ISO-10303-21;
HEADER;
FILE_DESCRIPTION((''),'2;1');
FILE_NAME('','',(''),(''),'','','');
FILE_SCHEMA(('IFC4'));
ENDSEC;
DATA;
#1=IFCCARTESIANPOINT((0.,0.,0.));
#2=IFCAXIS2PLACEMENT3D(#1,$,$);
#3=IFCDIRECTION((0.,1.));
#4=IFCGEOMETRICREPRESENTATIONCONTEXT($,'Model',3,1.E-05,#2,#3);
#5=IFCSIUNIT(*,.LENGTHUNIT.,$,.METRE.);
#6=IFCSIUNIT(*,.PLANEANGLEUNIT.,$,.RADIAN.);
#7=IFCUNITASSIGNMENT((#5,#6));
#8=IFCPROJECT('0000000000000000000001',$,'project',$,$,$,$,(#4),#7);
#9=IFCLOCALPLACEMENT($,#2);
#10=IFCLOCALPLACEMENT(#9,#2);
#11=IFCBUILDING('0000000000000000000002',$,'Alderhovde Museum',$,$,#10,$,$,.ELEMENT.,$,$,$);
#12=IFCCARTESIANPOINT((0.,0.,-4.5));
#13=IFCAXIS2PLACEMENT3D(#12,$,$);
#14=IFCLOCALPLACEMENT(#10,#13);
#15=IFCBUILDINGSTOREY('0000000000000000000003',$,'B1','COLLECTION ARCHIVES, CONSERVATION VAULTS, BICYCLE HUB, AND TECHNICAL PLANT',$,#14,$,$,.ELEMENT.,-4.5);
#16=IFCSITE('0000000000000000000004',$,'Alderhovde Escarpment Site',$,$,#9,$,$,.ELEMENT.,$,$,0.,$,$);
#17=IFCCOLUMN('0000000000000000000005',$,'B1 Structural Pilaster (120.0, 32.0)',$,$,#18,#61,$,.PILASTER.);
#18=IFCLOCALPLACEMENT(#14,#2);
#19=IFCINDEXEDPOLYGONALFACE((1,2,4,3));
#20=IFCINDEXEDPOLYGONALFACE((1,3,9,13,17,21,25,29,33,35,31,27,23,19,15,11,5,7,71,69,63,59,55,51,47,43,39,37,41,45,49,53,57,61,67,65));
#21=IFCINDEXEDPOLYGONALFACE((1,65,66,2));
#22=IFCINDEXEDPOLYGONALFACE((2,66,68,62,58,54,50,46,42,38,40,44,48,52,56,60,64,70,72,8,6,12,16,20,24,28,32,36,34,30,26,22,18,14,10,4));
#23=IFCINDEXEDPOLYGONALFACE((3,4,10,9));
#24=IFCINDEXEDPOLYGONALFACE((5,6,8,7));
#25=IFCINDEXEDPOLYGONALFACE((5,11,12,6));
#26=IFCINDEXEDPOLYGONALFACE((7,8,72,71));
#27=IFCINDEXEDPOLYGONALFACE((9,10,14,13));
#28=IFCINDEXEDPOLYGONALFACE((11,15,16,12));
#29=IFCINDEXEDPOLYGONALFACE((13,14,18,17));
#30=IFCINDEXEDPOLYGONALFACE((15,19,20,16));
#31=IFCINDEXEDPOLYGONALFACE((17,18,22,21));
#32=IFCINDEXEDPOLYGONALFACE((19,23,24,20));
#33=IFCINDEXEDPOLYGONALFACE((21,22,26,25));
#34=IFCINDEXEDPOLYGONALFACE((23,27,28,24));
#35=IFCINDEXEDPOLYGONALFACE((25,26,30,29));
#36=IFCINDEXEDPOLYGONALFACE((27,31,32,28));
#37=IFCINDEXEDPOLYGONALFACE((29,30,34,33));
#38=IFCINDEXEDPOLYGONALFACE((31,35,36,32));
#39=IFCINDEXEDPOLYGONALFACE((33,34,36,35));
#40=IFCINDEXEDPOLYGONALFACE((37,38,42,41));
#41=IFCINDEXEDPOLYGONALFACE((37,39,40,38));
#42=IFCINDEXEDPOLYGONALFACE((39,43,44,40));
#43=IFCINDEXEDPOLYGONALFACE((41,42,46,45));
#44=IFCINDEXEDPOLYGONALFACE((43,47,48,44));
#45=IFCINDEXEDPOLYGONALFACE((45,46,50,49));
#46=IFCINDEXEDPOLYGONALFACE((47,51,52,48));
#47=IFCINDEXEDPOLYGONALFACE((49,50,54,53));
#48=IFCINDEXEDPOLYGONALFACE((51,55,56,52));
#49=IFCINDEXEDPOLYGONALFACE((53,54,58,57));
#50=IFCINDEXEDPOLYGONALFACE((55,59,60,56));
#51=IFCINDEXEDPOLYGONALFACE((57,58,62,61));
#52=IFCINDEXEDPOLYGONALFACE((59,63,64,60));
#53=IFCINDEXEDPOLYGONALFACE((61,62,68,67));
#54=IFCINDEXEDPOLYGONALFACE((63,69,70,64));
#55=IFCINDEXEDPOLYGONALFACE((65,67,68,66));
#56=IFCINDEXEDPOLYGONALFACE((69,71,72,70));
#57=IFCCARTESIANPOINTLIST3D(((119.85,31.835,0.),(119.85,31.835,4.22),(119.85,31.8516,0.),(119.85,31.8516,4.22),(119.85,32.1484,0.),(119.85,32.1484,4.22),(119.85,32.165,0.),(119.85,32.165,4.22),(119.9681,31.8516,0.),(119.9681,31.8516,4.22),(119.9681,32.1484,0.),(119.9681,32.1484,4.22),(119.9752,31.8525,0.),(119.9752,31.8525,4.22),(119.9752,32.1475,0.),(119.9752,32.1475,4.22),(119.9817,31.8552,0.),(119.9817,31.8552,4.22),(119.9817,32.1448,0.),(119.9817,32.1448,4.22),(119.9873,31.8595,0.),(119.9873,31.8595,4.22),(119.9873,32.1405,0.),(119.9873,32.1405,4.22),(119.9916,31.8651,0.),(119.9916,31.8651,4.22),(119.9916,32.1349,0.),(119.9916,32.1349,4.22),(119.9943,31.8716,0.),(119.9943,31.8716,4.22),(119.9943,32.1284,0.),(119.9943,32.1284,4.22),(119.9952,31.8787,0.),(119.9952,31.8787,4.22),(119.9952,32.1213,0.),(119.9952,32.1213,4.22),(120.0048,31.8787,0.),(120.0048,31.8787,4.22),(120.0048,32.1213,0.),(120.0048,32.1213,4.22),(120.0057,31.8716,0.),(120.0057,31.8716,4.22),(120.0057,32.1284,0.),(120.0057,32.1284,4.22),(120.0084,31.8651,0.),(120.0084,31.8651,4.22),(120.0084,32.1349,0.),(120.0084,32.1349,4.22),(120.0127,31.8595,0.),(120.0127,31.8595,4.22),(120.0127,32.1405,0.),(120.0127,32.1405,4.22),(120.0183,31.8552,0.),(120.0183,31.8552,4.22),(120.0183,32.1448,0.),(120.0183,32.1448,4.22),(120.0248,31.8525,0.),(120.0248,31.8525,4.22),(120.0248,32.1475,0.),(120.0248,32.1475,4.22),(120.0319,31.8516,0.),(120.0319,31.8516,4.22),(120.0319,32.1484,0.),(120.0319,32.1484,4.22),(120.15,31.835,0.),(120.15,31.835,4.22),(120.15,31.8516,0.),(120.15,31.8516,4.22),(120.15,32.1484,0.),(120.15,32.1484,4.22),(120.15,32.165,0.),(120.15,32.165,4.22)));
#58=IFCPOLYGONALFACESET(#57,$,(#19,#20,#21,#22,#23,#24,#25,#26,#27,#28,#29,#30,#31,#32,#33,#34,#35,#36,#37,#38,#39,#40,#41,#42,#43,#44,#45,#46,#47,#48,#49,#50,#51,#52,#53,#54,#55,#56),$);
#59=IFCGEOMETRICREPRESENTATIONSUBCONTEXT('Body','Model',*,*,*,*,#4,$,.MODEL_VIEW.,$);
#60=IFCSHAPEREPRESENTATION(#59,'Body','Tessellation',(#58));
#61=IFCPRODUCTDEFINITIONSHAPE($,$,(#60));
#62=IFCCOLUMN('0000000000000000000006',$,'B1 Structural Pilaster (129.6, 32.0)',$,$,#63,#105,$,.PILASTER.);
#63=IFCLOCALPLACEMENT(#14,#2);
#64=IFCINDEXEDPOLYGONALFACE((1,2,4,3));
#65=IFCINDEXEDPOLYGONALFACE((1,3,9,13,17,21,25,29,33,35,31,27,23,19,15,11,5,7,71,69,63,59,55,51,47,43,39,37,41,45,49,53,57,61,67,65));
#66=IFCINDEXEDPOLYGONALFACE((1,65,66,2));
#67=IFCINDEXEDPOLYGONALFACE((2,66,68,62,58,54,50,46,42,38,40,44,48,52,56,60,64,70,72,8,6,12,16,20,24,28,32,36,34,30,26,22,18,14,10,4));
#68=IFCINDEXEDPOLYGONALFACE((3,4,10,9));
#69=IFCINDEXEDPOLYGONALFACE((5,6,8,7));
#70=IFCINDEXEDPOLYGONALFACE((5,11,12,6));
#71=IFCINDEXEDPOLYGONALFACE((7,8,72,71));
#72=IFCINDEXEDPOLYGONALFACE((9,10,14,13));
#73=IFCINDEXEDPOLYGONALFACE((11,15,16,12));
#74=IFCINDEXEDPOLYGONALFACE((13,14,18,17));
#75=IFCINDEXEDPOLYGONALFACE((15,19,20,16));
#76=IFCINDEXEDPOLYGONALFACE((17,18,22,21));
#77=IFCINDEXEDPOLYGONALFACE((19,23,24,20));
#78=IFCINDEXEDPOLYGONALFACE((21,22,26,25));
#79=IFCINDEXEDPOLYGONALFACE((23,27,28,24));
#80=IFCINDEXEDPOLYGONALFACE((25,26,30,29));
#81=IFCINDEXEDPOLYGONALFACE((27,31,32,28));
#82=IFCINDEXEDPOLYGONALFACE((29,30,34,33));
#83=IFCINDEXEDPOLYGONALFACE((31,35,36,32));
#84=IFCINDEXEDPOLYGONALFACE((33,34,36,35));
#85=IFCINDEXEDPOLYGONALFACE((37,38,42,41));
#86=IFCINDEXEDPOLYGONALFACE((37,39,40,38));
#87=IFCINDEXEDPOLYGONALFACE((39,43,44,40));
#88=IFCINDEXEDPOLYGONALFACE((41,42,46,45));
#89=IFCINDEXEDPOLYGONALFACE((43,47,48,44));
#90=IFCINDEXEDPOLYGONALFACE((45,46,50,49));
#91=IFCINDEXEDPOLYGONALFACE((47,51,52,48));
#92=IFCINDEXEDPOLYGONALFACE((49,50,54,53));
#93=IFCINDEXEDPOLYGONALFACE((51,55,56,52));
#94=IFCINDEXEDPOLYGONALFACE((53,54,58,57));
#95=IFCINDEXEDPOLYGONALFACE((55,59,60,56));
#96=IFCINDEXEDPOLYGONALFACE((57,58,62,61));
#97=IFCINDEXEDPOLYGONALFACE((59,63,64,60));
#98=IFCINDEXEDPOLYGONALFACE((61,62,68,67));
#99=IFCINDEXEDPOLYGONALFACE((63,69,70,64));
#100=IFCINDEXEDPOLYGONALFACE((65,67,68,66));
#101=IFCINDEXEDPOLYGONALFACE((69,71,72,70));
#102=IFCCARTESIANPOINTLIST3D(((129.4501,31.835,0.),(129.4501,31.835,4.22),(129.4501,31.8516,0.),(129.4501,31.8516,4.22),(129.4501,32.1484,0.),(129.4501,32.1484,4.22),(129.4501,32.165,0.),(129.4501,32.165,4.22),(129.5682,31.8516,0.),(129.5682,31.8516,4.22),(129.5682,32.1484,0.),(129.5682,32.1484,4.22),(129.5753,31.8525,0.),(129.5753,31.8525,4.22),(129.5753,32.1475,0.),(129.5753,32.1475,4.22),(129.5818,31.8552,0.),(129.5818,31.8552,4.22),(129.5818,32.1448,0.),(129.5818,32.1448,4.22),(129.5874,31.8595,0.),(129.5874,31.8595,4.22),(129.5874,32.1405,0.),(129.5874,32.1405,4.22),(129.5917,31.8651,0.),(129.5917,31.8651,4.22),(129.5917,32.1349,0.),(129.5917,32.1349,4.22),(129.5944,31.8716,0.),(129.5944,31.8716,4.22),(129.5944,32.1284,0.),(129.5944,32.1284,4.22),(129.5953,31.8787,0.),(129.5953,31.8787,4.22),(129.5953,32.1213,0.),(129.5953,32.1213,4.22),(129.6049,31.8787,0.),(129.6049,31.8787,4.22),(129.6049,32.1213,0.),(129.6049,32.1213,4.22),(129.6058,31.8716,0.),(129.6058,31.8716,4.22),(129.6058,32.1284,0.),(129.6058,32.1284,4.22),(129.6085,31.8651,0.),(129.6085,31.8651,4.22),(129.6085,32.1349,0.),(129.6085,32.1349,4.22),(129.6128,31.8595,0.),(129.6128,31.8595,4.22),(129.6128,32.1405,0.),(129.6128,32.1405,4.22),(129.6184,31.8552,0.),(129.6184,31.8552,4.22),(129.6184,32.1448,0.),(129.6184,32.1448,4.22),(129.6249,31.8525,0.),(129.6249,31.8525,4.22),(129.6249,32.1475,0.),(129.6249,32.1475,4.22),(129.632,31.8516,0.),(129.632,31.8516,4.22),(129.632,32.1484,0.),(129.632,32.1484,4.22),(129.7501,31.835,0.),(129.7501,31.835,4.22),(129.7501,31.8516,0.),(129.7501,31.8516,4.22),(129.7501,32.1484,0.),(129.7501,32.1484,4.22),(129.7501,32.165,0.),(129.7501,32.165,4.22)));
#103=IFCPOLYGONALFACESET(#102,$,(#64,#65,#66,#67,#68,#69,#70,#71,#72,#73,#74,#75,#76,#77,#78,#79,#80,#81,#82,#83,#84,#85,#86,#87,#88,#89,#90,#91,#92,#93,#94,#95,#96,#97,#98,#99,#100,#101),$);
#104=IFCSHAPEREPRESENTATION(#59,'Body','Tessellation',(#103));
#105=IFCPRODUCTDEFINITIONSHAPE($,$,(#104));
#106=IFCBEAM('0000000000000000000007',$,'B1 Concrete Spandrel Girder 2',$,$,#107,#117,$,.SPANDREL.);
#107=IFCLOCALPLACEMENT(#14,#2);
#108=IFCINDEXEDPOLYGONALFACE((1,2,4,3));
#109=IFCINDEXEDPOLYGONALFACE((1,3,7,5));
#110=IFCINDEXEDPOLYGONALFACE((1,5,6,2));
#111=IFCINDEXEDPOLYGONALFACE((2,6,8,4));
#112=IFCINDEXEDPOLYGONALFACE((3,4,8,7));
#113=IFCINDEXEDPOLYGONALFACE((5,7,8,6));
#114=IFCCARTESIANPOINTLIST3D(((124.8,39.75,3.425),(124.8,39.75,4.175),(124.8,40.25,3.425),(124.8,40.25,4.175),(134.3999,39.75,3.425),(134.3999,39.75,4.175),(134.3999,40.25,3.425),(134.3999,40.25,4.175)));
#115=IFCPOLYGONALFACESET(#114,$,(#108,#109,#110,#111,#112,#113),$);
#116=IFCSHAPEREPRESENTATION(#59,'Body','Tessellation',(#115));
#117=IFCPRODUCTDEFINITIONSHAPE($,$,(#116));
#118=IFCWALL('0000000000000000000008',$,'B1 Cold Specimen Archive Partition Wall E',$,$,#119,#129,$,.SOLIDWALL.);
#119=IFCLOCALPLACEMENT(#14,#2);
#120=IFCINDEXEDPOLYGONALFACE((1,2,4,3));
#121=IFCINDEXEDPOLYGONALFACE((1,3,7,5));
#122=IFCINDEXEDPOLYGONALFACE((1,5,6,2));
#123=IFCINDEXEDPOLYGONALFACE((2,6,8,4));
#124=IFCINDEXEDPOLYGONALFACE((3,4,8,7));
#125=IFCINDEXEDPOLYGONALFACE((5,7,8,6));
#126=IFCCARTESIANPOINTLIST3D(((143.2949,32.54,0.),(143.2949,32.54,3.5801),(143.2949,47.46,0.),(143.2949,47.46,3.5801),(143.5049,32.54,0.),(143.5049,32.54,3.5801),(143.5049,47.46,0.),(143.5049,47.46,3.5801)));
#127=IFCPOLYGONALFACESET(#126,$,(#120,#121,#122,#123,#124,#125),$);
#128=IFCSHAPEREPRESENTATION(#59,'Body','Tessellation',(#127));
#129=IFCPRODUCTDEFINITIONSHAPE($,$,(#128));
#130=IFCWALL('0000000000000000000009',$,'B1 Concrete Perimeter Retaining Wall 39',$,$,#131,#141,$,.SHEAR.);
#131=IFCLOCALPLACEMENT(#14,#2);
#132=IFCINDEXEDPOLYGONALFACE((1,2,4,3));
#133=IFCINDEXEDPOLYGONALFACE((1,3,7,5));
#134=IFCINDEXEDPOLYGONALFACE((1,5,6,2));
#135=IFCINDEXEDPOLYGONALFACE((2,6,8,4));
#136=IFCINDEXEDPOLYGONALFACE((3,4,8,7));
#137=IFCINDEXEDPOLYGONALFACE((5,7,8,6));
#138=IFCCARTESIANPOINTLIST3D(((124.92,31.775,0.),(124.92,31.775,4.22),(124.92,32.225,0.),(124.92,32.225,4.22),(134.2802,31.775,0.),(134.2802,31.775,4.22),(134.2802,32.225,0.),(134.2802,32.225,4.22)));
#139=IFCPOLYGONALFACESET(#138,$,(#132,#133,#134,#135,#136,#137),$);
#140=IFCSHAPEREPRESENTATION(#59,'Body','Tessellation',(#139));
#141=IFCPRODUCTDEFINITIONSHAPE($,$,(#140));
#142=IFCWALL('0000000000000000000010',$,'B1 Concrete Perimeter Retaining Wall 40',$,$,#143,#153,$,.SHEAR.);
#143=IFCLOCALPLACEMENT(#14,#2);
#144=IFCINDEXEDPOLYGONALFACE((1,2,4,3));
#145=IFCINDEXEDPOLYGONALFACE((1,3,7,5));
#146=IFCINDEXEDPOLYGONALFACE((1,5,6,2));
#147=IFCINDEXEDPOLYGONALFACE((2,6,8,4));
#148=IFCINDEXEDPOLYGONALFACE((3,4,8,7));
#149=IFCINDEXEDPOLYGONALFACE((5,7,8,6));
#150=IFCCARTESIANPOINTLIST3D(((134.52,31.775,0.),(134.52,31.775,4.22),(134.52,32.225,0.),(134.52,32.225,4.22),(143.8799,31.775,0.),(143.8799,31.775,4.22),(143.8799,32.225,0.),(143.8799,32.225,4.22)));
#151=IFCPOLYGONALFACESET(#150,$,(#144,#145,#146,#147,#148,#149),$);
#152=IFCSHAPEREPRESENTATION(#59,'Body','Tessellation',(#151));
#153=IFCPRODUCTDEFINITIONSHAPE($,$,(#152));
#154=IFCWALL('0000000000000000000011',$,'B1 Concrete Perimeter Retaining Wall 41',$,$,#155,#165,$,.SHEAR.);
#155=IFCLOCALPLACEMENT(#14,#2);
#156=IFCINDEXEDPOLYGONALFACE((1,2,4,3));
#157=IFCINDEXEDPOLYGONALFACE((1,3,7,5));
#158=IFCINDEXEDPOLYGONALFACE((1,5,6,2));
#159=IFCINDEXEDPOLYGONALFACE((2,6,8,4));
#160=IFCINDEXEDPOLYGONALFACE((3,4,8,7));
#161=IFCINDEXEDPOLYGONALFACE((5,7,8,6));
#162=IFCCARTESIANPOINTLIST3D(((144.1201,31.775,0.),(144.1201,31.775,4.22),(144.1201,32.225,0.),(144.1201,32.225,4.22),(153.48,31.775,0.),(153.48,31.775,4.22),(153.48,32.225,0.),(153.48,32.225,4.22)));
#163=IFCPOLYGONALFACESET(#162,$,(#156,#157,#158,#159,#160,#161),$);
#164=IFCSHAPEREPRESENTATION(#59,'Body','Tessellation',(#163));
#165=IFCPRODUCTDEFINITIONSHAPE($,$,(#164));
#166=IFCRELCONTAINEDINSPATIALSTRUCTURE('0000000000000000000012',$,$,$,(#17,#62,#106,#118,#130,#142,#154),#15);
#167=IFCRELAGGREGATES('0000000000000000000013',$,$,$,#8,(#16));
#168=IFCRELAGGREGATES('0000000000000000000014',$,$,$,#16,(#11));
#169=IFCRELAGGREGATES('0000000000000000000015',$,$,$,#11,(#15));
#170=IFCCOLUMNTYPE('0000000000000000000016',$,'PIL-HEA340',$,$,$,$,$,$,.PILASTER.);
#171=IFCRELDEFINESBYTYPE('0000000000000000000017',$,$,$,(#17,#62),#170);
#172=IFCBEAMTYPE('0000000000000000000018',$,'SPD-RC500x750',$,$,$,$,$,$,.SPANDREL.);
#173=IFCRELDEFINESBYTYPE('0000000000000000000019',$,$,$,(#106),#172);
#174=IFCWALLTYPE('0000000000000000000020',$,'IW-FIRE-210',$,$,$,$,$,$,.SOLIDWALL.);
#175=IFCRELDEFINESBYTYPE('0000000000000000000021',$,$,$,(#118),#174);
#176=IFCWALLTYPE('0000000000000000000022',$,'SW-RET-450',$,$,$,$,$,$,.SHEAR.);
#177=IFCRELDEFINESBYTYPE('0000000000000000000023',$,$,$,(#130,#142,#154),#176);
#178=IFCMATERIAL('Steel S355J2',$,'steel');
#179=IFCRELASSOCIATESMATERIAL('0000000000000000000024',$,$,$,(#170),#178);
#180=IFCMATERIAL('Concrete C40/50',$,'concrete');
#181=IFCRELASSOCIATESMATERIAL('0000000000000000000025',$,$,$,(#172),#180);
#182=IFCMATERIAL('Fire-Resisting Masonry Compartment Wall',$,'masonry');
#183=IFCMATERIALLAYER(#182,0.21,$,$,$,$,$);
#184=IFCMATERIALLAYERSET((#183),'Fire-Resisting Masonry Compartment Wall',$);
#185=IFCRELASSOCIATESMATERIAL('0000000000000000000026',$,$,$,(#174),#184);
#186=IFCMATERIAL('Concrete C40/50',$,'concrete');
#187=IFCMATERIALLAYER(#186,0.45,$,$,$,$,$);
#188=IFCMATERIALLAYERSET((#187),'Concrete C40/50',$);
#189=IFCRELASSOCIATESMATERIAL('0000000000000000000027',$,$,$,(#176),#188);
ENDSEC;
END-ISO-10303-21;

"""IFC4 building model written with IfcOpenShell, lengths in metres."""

from ifc_helpers import new_model, si_unit, direction, frame, frame_2d, origin, origin_2d, place, context, subcontext, project, spatial, rectangle, i_section, extrude, material, layer, layer_set, material_profile, profile_set, type_object, element, save


model = new_model("IFC4")

# Units and contexts
model_context = context("Model", 3, precision=1e-05, world=origin(), true_north=direction((0.0, 1.0)))
body_context = subcontext(model_context, "Body", "Model", "MODEL_VIEW")
ifc_project = project(units=[si_unit("LENGTHUNIT", "METRE"), si_unit("PLANEANGLEUNIT", "RADIAN")], contexts=[model_context])

# Site, building, storey
site_placement = place(None, origin())
site = spatial("IfcSite", under=ifc_project, at=site_placement, Name="Alderhovde Escarpment Site", CompositionType="ELEMENT", RefElevation=0.0)
building_placement = place(site_placement, origin())
building = spatial("IfcBuilding", under=site, at=building_placement, Name="Alderhovde Museum", CompositionType="ELEMENT")
storey_placement = place(building_placement, frame((0.0, 0.0, -4.5)))
storey = spatial("IfcBuildingStorey", under=building, at=storey_placement, Name="B1", Description="COLLECTION ARCHIVES, CONSERVATION VAULTS, BICYCLE HUB, AND TECHNICAL PLANT", CompositionType="ELEMENT", Elevation=-4.5)

# Columns
ifc_material_1 = material(Name="Steel S355J2", Category="steel")
ifc_material_profile_1 = material_profile(ifc_material_1, i_section(OverallWidth=0.3, OverallDepth=0.3301, WebThickness=0.0095, FlangeThickness=0.0166, FilletRadius=0.0271, at=origin_2d()), Name="HEA 340")
ifc_profile_set_1 = profile_set([ifc_material_profile_1], Name="Steel S355J2")
column_type_1 = type_object("IfcColumnType", Name="PIL-HEA340", PredefinedType="PILASTER", material=ifc_profile_set_1)
for number, where, z_axis, x_axis, name in (
    (1, (120.0, 32.0, 0.0), (0.0, 0.0, 1.0), (1.0, 0.0, 0.0), "B1 Structural Pilaster (120.0, 32.0)"),
    (2, (129.6001, 32.0, 0.0), (0.0, 0.0, 1.0), (1.0, 0.0, 0.0), "B1 Structural Pilaster (129.6, 32.0)"),
):
    element("IfcColumn", number, at=place(storey_placement, frame(where, z_axis=z_axis, x_axis=x_axis)), inside=storey, type_object=column_type_1, Name=name, PredefinedType="PILASTER", context=body_context, shape_type="SweptSolid", body=[
        extrude(i_section(OverallWidth=0.3, OverallDepth=0.3301, WebThickness=0.0095, FlangeThickness=0.0166, FilletRadius=0.0271, at=origin_2d()), origin(), (0.0, 0.0, 1.0), 4.22),
    ])

# Beam
ifc_material_2 = material(Name="Concrete C40/50", Category="concrete")
ifc_material_profile_2 = material_profile(ifc_material_2, rectangle(XDim=0.5, YDim=0.75, at=origin_2d()), Name="RC 500x750")
ifc_profile_set_2 = profile_set([ifc_material_profile_2], Name="Concrete C40/50")
beam_type = type_object("IfcBeamType", Name="SPD-RC500x750", PredefinedType="SPANDREL", material=ifc_profile_set_2)
beam_placement = place(storey_placement, frame((124.8, 40.0, 3.8), z_axis=(1.0, 0.0, 0.0), x_axis=(0.0, 1.0, 0.0)))
element("IfcBeam", 3, at=beam_placement, inside=storey, type_object=beam_type, Name="B1 Concrete Spandrel Girder 2", PredefinedType="SPANDREL", context=body_context, shape_type="SweptSolid", body=[
    extrude(rectangle(XDim=0.5, YDim=0.75, at=origin_2d()), origin(), (0.0, 0.0, 1.0), 9.5999),
])

# Walls
ifc_material_3 = material(Name="Fire-Resisting Masonry Compartment Wall", Category="masonry")
ifc_layer_1 = layer(ifc_material_3, 0.21)
ifc_layer_set_1 = layer_set([ifc_layer_1], Name="Fire-Resisting Masonry Compartment Wall")
wall_type_1 = type_object("IfcWallType", Name="IW-FIRE-210", PredefinedType="SOLIDWALL", material=ifc_layer_set_1)
wall_1_placement = place(storey_placement, frame((143.3999, 32.54, 0.0), z_axis=(0.0, 0.0, 1.0), x_axis=(0.0, 1.0, 0.0)))
element("IfcWall", 4, at=wall_1_placement, inside=storey, type_object=wall_type_1, Name="B1 Cold Specimen Archive Partition Wall E", PredefinedType="SOLIDWALL", context=body_context, shape_type="SweptSolid", body=[
    extrude(rectangle(XDim=14.9199, YDim=0.21, at=frame_2d((7.46, 0.0))), origin(), (0.0, 0.0, 1.0), 3.5801),
])
ifc_material_4 = material(Name="Concrete C40/50", Category="concrete")
ifc_layer_2 = layer(ifc_material_4, 0.45)
ifc_layer_set_2 = layer_set([ifc_layer_2], Name="Concrete C40/50")
wall_type_2 = type_object("IfcWallType", Name="SW-RET-450", PredefinedType="SHEAR", material=ifc_layer_set_2)
wall_2_placement = place(storey_placement, frame((124.9199, 32.0, 0.0), z_axis=(0.0, 0.0, 1.0), x_axis=(1.0, 0.0, 0.0)))
element("IfcWall", 5, at=wall_2_placement, inside=storey, type_object=wall_type_2, Name="B1 Concrete Perimeter Retaining Wall 39", PredefinedType="SHEAR", context=body_context, shape_type="SweptSolid", body=[
    extrude(rectangle(XDim=9.3601, YDim=0.45, at=frame_2d((4.6802, 0.0))), origin(), (0.0, 0.0, 1.0), 4.22),
])
for number, where, z_axis, x_axis, name in (
    (6, (134.52, 32.0, 0.0), (0.0, 0.0, 1.0), (1.0, 0.0, 0.0), "B1 Concrete Perimeter Retaining Wall 40"),
    (7, (144.1201, 32.0, 0.0), (0.0, 0.0, 1.0), (1.0, 0.0, 0.0), "B1 Concrete Perimeter Retaining Wall 41"),
):
    element("IfcWall", number, at=place(storey_placement, frame(where, z_axis=z_axis, x_axis=x_axis)), inside=storey, type_object=wall_type_2, Name=name, PredefinedType="SHEAR", context=body_context, shape_type="SweptSolid", body=[
        extrude(rectangle(XDim=9.3599, YDim=0.45, at=frame_2d((4.6799, 0.0))), origin(), (0.0, 0.0, 1.0), 4.22),
    ])

save(model, "model.ifc")
